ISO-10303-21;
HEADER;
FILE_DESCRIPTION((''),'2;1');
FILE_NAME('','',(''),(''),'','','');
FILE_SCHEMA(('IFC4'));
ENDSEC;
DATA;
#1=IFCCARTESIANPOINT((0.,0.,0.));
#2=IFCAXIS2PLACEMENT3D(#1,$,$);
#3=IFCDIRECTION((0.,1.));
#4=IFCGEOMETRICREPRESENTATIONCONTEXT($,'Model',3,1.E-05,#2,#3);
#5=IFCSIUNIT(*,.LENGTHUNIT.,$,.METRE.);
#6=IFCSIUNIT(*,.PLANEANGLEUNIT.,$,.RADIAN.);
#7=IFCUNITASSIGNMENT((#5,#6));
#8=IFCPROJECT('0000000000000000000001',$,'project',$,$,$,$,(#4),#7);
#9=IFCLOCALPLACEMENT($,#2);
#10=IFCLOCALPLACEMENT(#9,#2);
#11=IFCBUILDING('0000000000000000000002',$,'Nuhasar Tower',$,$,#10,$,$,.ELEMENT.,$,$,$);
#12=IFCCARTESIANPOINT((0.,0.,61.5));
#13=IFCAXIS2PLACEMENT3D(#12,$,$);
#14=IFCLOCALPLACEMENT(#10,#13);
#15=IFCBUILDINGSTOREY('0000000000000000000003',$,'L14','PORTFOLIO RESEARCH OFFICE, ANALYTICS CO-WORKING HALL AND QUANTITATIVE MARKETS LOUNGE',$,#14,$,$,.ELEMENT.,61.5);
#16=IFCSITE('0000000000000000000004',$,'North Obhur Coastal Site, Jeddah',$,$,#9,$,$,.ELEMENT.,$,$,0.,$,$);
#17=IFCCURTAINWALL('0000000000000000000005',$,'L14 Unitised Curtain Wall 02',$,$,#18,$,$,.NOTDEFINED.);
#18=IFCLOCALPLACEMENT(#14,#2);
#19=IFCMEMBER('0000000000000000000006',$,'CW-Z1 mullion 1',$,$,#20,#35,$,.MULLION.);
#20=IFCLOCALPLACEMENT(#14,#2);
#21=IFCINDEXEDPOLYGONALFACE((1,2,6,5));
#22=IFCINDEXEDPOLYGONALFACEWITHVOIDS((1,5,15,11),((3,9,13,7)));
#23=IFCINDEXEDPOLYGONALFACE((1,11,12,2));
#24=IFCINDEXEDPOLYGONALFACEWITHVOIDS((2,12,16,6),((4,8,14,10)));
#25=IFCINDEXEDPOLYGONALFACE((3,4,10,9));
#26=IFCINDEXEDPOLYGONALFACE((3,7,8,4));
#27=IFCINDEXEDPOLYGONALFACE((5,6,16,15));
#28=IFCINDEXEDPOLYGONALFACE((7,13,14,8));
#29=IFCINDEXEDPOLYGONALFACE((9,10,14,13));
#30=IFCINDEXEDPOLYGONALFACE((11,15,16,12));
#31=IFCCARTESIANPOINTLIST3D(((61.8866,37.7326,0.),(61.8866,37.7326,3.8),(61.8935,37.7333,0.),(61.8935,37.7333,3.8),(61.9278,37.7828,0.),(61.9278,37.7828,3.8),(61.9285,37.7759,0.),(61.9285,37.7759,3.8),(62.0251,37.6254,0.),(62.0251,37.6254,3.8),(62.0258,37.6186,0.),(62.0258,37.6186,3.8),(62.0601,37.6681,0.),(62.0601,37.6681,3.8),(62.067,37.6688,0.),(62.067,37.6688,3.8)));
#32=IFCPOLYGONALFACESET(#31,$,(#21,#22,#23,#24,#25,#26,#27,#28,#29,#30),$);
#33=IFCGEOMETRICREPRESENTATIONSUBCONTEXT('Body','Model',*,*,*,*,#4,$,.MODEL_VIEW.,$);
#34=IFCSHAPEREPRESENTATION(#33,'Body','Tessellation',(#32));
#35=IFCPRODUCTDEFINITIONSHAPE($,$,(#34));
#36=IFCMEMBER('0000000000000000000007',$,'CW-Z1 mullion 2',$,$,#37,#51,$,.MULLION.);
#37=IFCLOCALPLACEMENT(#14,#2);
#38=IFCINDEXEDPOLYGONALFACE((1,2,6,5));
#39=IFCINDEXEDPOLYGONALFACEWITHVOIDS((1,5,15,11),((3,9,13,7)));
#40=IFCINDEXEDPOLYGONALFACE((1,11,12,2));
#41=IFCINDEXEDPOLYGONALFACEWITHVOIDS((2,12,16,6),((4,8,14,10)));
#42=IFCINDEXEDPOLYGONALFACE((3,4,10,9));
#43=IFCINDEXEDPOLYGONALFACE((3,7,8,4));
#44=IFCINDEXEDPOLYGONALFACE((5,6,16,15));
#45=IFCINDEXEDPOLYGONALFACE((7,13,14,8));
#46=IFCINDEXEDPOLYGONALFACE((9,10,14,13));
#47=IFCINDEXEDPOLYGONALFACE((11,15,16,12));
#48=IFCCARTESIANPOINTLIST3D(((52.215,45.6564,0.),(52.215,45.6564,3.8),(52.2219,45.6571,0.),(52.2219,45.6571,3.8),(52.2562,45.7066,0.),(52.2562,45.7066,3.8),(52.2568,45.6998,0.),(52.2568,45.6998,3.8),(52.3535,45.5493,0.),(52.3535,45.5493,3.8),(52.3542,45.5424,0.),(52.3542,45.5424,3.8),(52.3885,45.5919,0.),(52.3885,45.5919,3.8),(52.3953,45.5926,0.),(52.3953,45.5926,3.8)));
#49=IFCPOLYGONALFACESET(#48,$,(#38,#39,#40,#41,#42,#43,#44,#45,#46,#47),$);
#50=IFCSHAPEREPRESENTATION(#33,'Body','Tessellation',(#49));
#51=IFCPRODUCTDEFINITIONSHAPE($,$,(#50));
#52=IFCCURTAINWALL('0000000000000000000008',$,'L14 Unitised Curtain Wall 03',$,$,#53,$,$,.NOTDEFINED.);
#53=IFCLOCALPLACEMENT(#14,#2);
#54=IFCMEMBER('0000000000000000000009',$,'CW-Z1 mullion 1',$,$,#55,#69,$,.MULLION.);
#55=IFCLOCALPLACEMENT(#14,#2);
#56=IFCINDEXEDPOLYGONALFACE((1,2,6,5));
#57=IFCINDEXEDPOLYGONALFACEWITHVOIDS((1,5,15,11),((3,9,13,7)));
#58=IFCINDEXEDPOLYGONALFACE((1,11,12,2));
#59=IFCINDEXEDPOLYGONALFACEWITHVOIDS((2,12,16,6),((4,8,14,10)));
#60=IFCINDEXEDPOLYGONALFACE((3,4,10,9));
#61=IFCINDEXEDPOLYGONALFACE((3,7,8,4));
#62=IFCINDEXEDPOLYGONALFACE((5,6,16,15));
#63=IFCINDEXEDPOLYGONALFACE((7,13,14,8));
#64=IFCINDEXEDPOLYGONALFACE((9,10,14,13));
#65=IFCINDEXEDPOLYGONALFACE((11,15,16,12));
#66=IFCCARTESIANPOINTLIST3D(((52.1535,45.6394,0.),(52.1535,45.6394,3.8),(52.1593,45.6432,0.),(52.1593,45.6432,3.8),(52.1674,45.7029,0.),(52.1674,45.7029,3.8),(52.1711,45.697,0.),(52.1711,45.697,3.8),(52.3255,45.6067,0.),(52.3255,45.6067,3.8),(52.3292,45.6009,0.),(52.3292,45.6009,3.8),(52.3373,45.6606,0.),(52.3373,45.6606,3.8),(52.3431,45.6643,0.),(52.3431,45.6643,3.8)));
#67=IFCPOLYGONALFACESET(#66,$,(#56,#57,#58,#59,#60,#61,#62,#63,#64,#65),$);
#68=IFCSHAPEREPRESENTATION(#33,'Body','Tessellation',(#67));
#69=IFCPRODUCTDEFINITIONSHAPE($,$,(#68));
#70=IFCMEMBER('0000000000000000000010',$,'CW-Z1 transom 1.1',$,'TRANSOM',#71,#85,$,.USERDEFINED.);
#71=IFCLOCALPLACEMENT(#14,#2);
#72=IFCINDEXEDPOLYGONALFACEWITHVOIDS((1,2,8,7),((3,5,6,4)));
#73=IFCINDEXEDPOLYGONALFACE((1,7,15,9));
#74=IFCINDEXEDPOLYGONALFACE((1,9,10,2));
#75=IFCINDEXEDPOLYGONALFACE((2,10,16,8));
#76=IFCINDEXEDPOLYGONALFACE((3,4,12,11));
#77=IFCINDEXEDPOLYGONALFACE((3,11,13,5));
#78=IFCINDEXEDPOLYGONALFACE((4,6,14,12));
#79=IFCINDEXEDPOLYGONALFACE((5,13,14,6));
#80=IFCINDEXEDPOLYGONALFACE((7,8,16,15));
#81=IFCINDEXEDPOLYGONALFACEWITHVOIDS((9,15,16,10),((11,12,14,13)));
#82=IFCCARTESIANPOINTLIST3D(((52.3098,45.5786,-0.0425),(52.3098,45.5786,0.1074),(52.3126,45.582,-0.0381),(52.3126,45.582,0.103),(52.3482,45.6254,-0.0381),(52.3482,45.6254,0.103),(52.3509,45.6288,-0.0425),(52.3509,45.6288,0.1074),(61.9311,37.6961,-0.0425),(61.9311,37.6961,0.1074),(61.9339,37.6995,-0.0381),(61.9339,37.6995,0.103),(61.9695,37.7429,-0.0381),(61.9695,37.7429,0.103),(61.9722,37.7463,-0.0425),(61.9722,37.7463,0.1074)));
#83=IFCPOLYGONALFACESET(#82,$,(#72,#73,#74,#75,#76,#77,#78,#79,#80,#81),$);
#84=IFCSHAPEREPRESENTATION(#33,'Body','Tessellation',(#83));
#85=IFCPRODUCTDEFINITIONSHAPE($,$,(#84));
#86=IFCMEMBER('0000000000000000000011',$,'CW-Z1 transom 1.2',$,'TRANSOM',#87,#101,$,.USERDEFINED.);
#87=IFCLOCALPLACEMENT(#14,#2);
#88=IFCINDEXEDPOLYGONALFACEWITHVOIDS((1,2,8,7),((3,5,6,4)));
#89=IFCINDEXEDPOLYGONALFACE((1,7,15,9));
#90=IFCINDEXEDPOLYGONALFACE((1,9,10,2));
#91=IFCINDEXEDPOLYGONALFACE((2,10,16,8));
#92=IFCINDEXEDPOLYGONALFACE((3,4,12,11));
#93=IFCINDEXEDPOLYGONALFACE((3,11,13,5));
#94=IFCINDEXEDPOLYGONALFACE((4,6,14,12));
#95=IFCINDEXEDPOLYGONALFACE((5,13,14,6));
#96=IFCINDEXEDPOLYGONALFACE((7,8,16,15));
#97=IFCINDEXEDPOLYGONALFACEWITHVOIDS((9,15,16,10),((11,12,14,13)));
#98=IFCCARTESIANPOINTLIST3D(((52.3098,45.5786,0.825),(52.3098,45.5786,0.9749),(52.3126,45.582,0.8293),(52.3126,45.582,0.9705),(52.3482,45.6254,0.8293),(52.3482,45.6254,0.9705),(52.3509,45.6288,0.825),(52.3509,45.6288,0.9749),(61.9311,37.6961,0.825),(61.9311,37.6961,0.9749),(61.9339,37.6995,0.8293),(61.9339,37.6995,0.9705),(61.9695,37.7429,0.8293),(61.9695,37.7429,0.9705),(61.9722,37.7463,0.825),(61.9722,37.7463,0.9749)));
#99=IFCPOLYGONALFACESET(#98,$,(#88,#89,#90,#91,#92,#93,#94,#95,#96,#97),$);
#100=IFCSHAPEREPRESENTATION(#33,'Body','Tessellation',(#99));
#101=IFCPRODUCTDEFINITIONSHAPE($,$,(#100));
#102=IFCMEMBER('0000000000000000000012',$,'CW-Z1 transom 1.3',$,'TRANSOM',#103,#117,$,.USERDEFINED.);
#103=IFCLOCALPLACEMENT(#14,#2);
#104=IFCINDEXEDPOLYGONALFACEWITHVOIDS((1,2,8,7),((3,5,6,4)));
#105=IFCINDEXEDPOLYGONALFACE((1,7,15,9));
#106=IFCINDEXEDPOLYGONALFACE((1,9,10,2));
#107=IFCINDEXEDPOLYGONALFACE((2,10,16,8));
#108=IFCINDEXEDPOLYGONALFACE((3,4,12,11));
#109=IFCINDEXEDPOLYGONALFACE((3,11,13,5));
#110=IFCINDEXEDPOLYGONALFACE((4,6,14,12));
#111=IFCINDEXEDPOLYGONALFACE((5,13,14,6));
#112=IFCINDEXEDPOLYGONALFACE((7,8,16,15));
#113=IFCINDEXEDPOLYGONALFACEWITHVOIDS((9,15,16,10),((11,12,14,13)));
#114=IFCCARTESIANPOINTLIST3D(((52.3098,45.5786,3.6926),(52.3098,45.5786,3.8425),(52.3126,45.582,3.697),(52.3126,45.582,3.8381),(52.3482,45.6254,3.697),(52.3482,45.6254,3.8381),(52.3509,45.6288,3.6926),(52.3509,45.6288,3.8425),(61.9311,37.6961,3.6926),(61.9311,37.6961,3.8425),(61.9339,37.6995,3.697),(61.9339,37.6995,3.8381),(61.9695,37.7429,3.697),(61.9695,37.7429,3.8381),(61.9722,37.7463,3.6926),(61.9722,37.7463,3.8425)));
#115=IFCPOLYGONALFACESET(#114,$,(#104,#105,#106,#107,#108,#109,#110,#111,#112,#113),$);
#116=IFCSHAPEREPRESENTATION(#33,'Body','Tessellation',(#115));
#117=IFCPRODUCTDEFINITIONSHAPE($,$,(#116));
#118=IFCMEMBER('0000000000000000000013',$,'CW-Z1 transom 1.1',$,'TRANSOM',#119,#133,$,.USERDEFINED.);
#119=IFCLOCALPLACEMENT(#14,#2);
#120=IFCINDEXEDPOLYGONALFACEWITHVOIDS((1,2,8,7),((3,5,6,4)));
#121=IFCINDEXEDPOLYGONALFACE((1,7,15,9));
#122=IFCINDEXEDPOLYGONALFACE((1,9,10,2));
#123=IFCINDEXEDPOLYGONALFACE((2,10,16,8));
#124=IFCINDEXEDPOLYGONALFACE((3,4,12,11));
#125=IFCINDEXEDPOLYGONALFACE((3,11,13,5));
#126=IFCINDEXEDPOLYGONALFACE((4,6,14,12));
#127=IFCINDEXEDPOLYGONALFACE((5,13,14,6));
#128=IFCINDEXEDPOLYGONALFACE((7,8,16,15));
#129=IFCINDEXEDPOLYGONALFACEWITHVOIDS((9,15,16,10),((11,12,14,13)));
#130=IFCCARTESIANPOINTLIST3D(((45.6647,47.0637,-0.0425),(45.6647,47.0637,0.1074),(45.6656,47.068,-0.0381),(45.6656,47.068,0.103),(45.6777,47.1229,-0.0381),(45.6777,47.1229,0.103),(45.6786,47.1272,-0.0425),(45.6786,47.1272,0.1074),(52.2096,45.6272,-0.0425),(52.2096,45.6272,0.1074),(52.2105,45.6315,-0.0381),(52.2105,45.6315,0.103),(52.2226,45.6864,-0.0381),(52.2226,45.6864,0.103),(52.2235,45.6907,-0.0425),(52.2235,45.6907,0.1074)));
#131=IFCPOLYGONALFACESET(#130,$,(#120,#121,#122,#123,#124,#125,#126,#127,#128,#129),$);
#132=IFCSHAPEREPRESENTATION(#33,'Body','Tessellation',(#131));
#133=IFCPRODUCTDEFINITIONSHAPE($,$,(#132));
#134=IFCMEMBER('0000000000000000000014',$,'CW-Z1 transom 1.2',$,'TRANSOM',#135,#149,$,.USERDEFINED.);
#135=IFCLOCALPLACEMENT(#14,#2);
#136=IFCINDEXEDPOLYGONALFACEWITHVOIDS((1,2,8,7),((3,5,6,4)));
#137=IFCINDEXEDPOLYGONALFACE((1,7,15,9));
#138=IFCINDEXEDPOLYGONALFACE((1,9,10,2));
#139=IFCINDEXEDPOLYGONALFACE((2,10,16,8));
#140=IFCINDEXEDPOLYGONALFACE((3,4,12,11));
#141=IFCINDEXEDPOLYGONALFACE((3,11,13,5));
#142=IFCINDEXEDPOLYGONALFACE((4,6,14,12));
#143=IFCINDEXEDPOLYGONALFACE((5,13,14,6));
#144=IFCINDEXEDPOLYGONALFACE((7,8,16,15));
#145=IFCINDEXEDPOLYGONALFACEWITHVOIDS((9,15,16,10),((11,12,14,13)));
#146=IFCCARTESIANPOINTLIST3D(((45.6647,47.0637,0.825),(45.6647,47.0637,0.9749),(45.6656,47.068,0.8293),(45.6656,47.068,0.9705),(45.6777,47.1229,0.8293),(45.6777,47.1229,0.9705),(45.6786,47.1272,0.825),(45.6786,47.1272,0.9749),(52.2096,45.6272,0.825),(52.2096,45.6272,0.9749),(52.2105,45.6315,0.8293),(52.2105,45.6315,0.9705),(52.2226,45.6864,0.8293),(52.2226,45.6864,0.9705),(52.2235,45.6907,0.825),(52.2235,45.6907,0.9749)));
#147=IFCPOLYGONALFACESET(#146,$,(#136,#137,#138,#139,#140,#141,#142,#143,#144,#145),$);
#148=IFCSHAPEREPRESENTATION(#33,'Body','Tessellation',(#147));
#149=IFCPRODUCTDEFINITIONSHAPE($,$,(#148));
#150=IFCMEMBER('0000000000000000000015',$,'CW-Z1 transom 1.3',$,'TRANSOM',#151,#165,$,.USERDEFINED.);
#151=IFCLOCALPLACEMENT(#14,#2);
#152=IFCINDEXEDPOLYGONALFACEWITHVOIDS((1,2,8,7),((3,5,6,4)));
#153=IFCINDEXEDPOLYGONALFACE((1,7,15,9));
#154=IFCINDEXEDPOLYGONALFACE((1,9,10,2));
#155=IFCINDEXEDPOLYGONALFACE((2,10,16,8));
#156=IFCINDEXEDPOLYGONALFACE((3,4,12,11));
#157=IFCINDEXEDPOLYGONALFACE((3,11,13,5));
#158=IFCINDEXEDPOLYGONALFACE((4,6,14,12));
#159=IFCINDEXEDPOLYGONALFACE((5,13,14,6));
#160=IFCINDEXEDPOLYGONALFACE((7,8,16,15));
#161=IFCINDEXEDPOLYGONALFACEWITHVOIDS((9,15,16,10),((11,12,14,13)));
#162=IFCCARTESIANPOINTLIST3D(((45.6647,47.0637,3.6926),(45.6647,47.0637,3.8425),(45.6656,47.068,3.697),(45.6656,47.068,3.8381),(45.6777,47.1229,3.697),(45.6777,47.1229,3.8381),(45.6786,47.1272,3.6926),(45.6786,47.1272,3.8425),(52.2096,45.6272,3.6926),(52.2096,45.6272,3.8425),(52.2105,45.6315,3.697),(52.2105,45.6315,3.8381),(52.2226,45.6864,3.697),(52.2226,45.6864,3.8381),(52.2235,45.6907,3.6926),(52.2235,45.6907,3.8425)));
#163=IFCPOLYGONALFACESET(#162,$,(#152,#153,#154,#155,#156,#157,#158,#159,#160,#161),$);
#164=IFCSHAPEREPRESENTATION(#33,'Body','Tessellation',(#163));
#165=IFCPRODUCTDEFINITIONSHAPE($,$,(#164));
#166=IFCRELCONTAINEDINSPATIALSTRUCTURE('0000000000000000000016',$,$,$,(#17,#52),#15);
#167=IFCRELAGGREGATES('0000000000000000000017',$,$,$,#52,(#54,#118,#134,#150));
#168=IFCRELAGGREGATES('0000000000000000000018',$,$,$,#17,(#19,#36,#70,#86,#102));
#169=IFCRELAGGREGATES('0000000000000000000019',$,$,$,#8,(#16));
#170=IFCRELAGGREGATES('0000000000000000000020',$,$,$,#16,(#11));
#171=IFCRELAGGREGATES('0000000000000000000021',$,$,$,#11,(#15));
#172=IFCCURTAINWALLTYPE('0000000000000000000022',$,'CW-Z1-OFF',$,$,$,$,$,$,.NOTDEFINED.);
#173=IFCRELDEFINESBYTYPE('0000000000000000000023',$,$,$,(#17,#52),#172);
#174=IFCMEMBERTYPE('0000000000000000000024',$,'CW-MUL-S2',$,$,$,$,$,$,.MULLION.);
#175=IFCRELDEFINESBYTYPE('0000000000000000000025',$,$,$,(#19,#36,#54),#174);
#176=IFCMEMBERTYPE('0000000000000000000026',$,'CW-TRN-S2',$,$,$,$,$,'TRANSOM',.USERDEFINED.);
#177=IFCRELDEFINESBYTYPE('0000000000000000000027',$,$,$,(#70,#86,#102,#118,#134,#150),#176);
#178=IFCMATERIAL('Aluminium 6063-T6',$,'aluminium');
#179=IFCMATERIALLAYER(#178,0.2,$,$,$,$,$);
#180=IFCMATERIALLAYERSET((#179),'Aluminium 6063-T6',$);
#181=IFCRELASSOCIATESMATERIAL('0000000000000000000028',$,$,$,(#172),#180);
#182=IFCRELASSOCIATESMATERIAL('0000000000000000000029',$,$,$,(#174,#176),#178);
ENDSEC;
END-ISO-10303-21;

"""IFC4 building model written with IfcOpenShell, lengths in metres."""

from ifc_helpers import new_model, si_unit, direction, frame, origin, origin_2d, place, context, subcontext, project, spatial, hollow_rectangle, extrude, material, layer, layer_set, material_profile, profile_set, type_object, element, aggregate, save


model = new_model("IFC4")

# Units and contexts
model_context = context("Model", 3, precision=1e-05, world=origin(), true_north=direction((0.0, 1.0)))
body_context = subcontext(model_context, "Body", "Model", "MODEL_VIEW")
ifc_project = project(units=[si_unit("LENGTHUNIT", "METRE"), si_unit("PLANEANGLEUNIT", "RADIAN")], contexts=[model_context])

# Site, building, storey
site_placement = place(None, origin())
site = spatial("IfcSite", under=ifc_project, at=site_placement, Name="North Obhur Coastal Site, Jeddah", CompositionType="ELEMENT", RefElevation=0.0)
building_placement = place(site_placement, origin())
building = spatial("IfcBuilding", under=site, at=building_placement, Name="Nuhasar Tower", CompositionType="ELEMENT")
storey_placement = place(building_placement, frame((0.0, 0.0, 61.5)))
storey = spatial("IfcBuildingStorey", under=building, at=storey_placement, Name="L14", Description="PORTFOLIO RESEARCH OFFICE, ANALYTICS CO-WORKING HALL AND QUANTITATIVE MARKETS LOUNGE", CompositionType="ELEMENT", Elevation=61.5)

# Curtain wall, members
ifc_material_1 = material(Name="Aluminium 6063-T6", Category="aluminium")
ifc_layer_1 = layer(ifc_material_1, 0.2)
ifc_layer_set_1 = layer_set([ifc_layer_1], Name="Aluminium 6063-T6")
curtain_wall_type = type_object("IfcCurtainWallType", Name="CW-Z1-OFF", PredefinedType="NOTDEFINED", material=ifc_layer_set_1)
curtain_wall_1_placement = place(storey_placement, origin())
curtain_wall_1 = element("IfcCurtainWall", 1, at=curtain_wall_1_placement, inside=storey, type_object=curtain_wall_type, Name="L14 Unitised Curtain Wall 02", PredefinedType="NOTDEFINED")
ifc_material_profile_1 = material_profile(ifc_material_1, hollow_rectangle(XDim=0.0649, YDim=0.1799, WallThickness=0.0049, at=origin_2d()), Name="CWM-2")
ifc_profile_set_1 = profile_set([ifc_material_profile_1], Name="Aluminium 6063-T6")
member_type_1 = type_object("IfcMemberType", Name="CW-MUL-S2", PredefinedType="MULLION", material=ifc_profile_set_1)
member_1_placement = place(storey_placement, frame((61.9768, 37.7007, 0.0), z_axis=(0.0, 0.0, 1.0), x_axis=(-0.633745, -0.773542, 0.0)))
member_1 = element("IfcMember", 2, at=member_1_placement, type_object=member_type_1, Name="CW-Z1 mullion 1", PredefinedType="MULLION", context=body_context, shape_type="SweptSolid", body=[
    extrude(hollow_rectangle(XDim=0.0649, YDim=0.1799, WallThickness=0.0049, at=origin_2d()), origin(), (0.0, 0.0, 1.0), 3.8),
])
member_2_placement = place(storey_placement, frame((52.3052, 45.6245, 0.0), z_axis=(0.0, 0.0, 1.0), x_axis=(-0.633745, -0.773542, 0.0)))
member_2 = element("IfcMember", 3, at=member_2_placement, type_object=member_type_1, Name="CW-Z1 mullion 2", PredefinedType="MULLION", context=body_context, shape_type="SweptSolid", body=[
    extrude(hollow_rectangle(XDim=0.0649, YDim=0.1799, WallThickness=0.0049, at=origin_2d()), origin(), (0.0, 0.0, 1.0), 3.8),
])

# Curtain wall, member
curtain_wall_2_placement = place(storey_placement, origin())
curtain_wall_2 = element("IfcCurtainWall", 4, at=curtain_wall_2_placement, inside=storey, type_object=curtain_wall_type, Name="L14 Unitised Curtain Wall 03", PredefinedType="NOTDEFINED")
member_3_placement = place(storey_placement, frame((52.2483, 45.6519, 0.0), z_axis=(0.0, 0.0, 1.0), x_axis=(-0.214399, -0.976746, 0.0)))
member_3 = element("IfcMember", 5, at=member_3_placement, type_object=member_type_1, Name="CW-Z1 mullion 1", PredefinedType="MULLION", context=body_context, shape_type="SweptSolid", body=[
    extrude(hollow_rectangle(XDim=0.0649, YDim=0.1799, WallThickness=0.0049, at=origin_2d()), origin(), (0.0, 0.0, 1.0), 3.8),
])

# Members
ifc_material_profile_2 = material_profile(ifc_material_1, hollow_rectangle(XDim=0.0649, YDim=0.1499, WallThickness=0.0044, at=origin_2d()), Name="CWT-2")
ifc_profile_set_2 = profile_set([ifc_material_profile_2], Name="Aluminium 6063-T6")
member_type_2 = type_object("IfcMemberType", Name="CW-TRN-S2", ElementType="TRANSOM", PredefinedType="USERDEFINED", material=ifc_profile_set_2)
member_4_placement = place(storey_placement, frame((61.9517, 37.7212, 0.0325), z_axis=(-0.773541, 0.633746, 0.0), x_axis=(-0.633746, -0.773541, 0.0)))
member_4 = element("IfcMember", 6, at=member_4_placement, type_object=member_type_2, Name="CW-Z1 transom 1.1", ObjectType="TRANSOM", PredefinedType="USERDEFINED", context=body_context, shape_type="SweptSolid", body=[
    extrude(hollow_rectangle(XDim=0.0649, YDim=0.1499, WallThickness=0.0044, at=origin_2d()), origin(), (0.0, 0.0, 1.0), 12.438),
])
member_5_placement = place(storey_placement, frame((61.9517, 37.7212, 0.8999), z_axis=(-0.773541, 0.633746, 0.0), x_axis=(-0.633746, -0.773541, 0.0)))
member_5 = element("IfcMember", 7, at=member_5_placement, type_object=member_type_2, Name="CW-Z1 transom 1.2", ObjectType="TRANSOM", PredefinedType="USERDEFINED", context=body_context, shape_type="SweptSolid", body=[
    extrude(hollow_rectangle(XDim=0.0649, YDim=0.1499, WallThickness=0.0044, at=origin_2d()), origin(), (0.0, 0.0, 1.0), 12.438),
])
member_6_placement = place(storey_placement, frame((61.9517, 37.7212, 3.7676), z_axis=(-0.773541, 0.633746, 0.0), x_axis=(-0.633746, -0.773541, 0.0)))
member_6 = element("IfcMember", 8, at=member_6_placement, type_object=member_type_2, Name="CW-Z1 transom 1.3", ObjectType="TRANSOM", PredefinedType="USERDEFINED", context=body_context, shape_type="SweptSolid", body=[
    extrude(hollow_rectangle(XDim=0.0649, YDim=0.1499, WallThickness=0.0044, at=origin_2d()), origin(), (0.0, 0.0, 1.0), 12.438),
])
member_7_placement = place(storey_placement, frame((52.2166, 45.6589, 0.0325), z_axis=(-0.97675, 0.214384, 0.0), x_axis=(-0.214384, -0.97675, 0.0)))
member_7 = element("IfcMember", 9, at=member_7_placement, type_object=member_type_2, Name="CW-Z1 transom 1.1", ObjectType="TRANSOM", PredefinedType="USERDEFINED", context=body_context, shape_type="SweptSolid", body=[
    extrude(hollow_rectangle(XDim=0.0649, YDim=0.1499, WallThickness=0.0044, at=origin_2d()), origin(), (0.0, 0.0, 1.0), 6.7007),
])
member_8_placement = place(storey_placement, frame((52.2166, 45.6589, 0.8999), z_axis=(-0.97675, 0.214384, 0.0), x_axis=(-0.214384, -0.97675, 0.0)))
member_8 = element("IfcMember", 10, at=member_8_placement, type_object=member_type_2, Name="CW-Z1 transom 1.2", ObjectType="TRANSOM", PredefinedType="USERDEFINED", context=body_context, shape_type="SweptSolid", body=[
    extrude(hollow_rectangle(XDim=0.0649, YDim=0.1499, WallThickness=0.0044, at=origin_2d()), origin(), (0.0, 0.0, 1.0), 6.7007),
])
member_9_placement = place(storey_placement, frame((52.2166, 45.6589, 3.7676), z_axis=(-0.97675, 0.214384, 0.0), x_axis=(-0.214384, -0.97675, 0.0)))
member_9 = element("IfcMember", 11, at=member_9_placement, type_object=member_type_2, Name="CW-Z1 transom 1.3", ObjectType="TRANSOM", PredefinedType="USERDEFINED", context=body_context, shape_type="SweptSolid", body=[
    extrude(hollow_rectangle(XDim=0.0649, YDim=0.1499, WallThickness=0.0044, at=origin_2d()), origin(), (0.0, 0.0, 1.0), 6.7007),
])
aggregate(curtain_wall_2, [member_3, member_7, member_8, member_9])

aggregate(curtain_wall_1, [member_1, member_2, member_4, member_5, member_6])

save(model, "model.ifc")
